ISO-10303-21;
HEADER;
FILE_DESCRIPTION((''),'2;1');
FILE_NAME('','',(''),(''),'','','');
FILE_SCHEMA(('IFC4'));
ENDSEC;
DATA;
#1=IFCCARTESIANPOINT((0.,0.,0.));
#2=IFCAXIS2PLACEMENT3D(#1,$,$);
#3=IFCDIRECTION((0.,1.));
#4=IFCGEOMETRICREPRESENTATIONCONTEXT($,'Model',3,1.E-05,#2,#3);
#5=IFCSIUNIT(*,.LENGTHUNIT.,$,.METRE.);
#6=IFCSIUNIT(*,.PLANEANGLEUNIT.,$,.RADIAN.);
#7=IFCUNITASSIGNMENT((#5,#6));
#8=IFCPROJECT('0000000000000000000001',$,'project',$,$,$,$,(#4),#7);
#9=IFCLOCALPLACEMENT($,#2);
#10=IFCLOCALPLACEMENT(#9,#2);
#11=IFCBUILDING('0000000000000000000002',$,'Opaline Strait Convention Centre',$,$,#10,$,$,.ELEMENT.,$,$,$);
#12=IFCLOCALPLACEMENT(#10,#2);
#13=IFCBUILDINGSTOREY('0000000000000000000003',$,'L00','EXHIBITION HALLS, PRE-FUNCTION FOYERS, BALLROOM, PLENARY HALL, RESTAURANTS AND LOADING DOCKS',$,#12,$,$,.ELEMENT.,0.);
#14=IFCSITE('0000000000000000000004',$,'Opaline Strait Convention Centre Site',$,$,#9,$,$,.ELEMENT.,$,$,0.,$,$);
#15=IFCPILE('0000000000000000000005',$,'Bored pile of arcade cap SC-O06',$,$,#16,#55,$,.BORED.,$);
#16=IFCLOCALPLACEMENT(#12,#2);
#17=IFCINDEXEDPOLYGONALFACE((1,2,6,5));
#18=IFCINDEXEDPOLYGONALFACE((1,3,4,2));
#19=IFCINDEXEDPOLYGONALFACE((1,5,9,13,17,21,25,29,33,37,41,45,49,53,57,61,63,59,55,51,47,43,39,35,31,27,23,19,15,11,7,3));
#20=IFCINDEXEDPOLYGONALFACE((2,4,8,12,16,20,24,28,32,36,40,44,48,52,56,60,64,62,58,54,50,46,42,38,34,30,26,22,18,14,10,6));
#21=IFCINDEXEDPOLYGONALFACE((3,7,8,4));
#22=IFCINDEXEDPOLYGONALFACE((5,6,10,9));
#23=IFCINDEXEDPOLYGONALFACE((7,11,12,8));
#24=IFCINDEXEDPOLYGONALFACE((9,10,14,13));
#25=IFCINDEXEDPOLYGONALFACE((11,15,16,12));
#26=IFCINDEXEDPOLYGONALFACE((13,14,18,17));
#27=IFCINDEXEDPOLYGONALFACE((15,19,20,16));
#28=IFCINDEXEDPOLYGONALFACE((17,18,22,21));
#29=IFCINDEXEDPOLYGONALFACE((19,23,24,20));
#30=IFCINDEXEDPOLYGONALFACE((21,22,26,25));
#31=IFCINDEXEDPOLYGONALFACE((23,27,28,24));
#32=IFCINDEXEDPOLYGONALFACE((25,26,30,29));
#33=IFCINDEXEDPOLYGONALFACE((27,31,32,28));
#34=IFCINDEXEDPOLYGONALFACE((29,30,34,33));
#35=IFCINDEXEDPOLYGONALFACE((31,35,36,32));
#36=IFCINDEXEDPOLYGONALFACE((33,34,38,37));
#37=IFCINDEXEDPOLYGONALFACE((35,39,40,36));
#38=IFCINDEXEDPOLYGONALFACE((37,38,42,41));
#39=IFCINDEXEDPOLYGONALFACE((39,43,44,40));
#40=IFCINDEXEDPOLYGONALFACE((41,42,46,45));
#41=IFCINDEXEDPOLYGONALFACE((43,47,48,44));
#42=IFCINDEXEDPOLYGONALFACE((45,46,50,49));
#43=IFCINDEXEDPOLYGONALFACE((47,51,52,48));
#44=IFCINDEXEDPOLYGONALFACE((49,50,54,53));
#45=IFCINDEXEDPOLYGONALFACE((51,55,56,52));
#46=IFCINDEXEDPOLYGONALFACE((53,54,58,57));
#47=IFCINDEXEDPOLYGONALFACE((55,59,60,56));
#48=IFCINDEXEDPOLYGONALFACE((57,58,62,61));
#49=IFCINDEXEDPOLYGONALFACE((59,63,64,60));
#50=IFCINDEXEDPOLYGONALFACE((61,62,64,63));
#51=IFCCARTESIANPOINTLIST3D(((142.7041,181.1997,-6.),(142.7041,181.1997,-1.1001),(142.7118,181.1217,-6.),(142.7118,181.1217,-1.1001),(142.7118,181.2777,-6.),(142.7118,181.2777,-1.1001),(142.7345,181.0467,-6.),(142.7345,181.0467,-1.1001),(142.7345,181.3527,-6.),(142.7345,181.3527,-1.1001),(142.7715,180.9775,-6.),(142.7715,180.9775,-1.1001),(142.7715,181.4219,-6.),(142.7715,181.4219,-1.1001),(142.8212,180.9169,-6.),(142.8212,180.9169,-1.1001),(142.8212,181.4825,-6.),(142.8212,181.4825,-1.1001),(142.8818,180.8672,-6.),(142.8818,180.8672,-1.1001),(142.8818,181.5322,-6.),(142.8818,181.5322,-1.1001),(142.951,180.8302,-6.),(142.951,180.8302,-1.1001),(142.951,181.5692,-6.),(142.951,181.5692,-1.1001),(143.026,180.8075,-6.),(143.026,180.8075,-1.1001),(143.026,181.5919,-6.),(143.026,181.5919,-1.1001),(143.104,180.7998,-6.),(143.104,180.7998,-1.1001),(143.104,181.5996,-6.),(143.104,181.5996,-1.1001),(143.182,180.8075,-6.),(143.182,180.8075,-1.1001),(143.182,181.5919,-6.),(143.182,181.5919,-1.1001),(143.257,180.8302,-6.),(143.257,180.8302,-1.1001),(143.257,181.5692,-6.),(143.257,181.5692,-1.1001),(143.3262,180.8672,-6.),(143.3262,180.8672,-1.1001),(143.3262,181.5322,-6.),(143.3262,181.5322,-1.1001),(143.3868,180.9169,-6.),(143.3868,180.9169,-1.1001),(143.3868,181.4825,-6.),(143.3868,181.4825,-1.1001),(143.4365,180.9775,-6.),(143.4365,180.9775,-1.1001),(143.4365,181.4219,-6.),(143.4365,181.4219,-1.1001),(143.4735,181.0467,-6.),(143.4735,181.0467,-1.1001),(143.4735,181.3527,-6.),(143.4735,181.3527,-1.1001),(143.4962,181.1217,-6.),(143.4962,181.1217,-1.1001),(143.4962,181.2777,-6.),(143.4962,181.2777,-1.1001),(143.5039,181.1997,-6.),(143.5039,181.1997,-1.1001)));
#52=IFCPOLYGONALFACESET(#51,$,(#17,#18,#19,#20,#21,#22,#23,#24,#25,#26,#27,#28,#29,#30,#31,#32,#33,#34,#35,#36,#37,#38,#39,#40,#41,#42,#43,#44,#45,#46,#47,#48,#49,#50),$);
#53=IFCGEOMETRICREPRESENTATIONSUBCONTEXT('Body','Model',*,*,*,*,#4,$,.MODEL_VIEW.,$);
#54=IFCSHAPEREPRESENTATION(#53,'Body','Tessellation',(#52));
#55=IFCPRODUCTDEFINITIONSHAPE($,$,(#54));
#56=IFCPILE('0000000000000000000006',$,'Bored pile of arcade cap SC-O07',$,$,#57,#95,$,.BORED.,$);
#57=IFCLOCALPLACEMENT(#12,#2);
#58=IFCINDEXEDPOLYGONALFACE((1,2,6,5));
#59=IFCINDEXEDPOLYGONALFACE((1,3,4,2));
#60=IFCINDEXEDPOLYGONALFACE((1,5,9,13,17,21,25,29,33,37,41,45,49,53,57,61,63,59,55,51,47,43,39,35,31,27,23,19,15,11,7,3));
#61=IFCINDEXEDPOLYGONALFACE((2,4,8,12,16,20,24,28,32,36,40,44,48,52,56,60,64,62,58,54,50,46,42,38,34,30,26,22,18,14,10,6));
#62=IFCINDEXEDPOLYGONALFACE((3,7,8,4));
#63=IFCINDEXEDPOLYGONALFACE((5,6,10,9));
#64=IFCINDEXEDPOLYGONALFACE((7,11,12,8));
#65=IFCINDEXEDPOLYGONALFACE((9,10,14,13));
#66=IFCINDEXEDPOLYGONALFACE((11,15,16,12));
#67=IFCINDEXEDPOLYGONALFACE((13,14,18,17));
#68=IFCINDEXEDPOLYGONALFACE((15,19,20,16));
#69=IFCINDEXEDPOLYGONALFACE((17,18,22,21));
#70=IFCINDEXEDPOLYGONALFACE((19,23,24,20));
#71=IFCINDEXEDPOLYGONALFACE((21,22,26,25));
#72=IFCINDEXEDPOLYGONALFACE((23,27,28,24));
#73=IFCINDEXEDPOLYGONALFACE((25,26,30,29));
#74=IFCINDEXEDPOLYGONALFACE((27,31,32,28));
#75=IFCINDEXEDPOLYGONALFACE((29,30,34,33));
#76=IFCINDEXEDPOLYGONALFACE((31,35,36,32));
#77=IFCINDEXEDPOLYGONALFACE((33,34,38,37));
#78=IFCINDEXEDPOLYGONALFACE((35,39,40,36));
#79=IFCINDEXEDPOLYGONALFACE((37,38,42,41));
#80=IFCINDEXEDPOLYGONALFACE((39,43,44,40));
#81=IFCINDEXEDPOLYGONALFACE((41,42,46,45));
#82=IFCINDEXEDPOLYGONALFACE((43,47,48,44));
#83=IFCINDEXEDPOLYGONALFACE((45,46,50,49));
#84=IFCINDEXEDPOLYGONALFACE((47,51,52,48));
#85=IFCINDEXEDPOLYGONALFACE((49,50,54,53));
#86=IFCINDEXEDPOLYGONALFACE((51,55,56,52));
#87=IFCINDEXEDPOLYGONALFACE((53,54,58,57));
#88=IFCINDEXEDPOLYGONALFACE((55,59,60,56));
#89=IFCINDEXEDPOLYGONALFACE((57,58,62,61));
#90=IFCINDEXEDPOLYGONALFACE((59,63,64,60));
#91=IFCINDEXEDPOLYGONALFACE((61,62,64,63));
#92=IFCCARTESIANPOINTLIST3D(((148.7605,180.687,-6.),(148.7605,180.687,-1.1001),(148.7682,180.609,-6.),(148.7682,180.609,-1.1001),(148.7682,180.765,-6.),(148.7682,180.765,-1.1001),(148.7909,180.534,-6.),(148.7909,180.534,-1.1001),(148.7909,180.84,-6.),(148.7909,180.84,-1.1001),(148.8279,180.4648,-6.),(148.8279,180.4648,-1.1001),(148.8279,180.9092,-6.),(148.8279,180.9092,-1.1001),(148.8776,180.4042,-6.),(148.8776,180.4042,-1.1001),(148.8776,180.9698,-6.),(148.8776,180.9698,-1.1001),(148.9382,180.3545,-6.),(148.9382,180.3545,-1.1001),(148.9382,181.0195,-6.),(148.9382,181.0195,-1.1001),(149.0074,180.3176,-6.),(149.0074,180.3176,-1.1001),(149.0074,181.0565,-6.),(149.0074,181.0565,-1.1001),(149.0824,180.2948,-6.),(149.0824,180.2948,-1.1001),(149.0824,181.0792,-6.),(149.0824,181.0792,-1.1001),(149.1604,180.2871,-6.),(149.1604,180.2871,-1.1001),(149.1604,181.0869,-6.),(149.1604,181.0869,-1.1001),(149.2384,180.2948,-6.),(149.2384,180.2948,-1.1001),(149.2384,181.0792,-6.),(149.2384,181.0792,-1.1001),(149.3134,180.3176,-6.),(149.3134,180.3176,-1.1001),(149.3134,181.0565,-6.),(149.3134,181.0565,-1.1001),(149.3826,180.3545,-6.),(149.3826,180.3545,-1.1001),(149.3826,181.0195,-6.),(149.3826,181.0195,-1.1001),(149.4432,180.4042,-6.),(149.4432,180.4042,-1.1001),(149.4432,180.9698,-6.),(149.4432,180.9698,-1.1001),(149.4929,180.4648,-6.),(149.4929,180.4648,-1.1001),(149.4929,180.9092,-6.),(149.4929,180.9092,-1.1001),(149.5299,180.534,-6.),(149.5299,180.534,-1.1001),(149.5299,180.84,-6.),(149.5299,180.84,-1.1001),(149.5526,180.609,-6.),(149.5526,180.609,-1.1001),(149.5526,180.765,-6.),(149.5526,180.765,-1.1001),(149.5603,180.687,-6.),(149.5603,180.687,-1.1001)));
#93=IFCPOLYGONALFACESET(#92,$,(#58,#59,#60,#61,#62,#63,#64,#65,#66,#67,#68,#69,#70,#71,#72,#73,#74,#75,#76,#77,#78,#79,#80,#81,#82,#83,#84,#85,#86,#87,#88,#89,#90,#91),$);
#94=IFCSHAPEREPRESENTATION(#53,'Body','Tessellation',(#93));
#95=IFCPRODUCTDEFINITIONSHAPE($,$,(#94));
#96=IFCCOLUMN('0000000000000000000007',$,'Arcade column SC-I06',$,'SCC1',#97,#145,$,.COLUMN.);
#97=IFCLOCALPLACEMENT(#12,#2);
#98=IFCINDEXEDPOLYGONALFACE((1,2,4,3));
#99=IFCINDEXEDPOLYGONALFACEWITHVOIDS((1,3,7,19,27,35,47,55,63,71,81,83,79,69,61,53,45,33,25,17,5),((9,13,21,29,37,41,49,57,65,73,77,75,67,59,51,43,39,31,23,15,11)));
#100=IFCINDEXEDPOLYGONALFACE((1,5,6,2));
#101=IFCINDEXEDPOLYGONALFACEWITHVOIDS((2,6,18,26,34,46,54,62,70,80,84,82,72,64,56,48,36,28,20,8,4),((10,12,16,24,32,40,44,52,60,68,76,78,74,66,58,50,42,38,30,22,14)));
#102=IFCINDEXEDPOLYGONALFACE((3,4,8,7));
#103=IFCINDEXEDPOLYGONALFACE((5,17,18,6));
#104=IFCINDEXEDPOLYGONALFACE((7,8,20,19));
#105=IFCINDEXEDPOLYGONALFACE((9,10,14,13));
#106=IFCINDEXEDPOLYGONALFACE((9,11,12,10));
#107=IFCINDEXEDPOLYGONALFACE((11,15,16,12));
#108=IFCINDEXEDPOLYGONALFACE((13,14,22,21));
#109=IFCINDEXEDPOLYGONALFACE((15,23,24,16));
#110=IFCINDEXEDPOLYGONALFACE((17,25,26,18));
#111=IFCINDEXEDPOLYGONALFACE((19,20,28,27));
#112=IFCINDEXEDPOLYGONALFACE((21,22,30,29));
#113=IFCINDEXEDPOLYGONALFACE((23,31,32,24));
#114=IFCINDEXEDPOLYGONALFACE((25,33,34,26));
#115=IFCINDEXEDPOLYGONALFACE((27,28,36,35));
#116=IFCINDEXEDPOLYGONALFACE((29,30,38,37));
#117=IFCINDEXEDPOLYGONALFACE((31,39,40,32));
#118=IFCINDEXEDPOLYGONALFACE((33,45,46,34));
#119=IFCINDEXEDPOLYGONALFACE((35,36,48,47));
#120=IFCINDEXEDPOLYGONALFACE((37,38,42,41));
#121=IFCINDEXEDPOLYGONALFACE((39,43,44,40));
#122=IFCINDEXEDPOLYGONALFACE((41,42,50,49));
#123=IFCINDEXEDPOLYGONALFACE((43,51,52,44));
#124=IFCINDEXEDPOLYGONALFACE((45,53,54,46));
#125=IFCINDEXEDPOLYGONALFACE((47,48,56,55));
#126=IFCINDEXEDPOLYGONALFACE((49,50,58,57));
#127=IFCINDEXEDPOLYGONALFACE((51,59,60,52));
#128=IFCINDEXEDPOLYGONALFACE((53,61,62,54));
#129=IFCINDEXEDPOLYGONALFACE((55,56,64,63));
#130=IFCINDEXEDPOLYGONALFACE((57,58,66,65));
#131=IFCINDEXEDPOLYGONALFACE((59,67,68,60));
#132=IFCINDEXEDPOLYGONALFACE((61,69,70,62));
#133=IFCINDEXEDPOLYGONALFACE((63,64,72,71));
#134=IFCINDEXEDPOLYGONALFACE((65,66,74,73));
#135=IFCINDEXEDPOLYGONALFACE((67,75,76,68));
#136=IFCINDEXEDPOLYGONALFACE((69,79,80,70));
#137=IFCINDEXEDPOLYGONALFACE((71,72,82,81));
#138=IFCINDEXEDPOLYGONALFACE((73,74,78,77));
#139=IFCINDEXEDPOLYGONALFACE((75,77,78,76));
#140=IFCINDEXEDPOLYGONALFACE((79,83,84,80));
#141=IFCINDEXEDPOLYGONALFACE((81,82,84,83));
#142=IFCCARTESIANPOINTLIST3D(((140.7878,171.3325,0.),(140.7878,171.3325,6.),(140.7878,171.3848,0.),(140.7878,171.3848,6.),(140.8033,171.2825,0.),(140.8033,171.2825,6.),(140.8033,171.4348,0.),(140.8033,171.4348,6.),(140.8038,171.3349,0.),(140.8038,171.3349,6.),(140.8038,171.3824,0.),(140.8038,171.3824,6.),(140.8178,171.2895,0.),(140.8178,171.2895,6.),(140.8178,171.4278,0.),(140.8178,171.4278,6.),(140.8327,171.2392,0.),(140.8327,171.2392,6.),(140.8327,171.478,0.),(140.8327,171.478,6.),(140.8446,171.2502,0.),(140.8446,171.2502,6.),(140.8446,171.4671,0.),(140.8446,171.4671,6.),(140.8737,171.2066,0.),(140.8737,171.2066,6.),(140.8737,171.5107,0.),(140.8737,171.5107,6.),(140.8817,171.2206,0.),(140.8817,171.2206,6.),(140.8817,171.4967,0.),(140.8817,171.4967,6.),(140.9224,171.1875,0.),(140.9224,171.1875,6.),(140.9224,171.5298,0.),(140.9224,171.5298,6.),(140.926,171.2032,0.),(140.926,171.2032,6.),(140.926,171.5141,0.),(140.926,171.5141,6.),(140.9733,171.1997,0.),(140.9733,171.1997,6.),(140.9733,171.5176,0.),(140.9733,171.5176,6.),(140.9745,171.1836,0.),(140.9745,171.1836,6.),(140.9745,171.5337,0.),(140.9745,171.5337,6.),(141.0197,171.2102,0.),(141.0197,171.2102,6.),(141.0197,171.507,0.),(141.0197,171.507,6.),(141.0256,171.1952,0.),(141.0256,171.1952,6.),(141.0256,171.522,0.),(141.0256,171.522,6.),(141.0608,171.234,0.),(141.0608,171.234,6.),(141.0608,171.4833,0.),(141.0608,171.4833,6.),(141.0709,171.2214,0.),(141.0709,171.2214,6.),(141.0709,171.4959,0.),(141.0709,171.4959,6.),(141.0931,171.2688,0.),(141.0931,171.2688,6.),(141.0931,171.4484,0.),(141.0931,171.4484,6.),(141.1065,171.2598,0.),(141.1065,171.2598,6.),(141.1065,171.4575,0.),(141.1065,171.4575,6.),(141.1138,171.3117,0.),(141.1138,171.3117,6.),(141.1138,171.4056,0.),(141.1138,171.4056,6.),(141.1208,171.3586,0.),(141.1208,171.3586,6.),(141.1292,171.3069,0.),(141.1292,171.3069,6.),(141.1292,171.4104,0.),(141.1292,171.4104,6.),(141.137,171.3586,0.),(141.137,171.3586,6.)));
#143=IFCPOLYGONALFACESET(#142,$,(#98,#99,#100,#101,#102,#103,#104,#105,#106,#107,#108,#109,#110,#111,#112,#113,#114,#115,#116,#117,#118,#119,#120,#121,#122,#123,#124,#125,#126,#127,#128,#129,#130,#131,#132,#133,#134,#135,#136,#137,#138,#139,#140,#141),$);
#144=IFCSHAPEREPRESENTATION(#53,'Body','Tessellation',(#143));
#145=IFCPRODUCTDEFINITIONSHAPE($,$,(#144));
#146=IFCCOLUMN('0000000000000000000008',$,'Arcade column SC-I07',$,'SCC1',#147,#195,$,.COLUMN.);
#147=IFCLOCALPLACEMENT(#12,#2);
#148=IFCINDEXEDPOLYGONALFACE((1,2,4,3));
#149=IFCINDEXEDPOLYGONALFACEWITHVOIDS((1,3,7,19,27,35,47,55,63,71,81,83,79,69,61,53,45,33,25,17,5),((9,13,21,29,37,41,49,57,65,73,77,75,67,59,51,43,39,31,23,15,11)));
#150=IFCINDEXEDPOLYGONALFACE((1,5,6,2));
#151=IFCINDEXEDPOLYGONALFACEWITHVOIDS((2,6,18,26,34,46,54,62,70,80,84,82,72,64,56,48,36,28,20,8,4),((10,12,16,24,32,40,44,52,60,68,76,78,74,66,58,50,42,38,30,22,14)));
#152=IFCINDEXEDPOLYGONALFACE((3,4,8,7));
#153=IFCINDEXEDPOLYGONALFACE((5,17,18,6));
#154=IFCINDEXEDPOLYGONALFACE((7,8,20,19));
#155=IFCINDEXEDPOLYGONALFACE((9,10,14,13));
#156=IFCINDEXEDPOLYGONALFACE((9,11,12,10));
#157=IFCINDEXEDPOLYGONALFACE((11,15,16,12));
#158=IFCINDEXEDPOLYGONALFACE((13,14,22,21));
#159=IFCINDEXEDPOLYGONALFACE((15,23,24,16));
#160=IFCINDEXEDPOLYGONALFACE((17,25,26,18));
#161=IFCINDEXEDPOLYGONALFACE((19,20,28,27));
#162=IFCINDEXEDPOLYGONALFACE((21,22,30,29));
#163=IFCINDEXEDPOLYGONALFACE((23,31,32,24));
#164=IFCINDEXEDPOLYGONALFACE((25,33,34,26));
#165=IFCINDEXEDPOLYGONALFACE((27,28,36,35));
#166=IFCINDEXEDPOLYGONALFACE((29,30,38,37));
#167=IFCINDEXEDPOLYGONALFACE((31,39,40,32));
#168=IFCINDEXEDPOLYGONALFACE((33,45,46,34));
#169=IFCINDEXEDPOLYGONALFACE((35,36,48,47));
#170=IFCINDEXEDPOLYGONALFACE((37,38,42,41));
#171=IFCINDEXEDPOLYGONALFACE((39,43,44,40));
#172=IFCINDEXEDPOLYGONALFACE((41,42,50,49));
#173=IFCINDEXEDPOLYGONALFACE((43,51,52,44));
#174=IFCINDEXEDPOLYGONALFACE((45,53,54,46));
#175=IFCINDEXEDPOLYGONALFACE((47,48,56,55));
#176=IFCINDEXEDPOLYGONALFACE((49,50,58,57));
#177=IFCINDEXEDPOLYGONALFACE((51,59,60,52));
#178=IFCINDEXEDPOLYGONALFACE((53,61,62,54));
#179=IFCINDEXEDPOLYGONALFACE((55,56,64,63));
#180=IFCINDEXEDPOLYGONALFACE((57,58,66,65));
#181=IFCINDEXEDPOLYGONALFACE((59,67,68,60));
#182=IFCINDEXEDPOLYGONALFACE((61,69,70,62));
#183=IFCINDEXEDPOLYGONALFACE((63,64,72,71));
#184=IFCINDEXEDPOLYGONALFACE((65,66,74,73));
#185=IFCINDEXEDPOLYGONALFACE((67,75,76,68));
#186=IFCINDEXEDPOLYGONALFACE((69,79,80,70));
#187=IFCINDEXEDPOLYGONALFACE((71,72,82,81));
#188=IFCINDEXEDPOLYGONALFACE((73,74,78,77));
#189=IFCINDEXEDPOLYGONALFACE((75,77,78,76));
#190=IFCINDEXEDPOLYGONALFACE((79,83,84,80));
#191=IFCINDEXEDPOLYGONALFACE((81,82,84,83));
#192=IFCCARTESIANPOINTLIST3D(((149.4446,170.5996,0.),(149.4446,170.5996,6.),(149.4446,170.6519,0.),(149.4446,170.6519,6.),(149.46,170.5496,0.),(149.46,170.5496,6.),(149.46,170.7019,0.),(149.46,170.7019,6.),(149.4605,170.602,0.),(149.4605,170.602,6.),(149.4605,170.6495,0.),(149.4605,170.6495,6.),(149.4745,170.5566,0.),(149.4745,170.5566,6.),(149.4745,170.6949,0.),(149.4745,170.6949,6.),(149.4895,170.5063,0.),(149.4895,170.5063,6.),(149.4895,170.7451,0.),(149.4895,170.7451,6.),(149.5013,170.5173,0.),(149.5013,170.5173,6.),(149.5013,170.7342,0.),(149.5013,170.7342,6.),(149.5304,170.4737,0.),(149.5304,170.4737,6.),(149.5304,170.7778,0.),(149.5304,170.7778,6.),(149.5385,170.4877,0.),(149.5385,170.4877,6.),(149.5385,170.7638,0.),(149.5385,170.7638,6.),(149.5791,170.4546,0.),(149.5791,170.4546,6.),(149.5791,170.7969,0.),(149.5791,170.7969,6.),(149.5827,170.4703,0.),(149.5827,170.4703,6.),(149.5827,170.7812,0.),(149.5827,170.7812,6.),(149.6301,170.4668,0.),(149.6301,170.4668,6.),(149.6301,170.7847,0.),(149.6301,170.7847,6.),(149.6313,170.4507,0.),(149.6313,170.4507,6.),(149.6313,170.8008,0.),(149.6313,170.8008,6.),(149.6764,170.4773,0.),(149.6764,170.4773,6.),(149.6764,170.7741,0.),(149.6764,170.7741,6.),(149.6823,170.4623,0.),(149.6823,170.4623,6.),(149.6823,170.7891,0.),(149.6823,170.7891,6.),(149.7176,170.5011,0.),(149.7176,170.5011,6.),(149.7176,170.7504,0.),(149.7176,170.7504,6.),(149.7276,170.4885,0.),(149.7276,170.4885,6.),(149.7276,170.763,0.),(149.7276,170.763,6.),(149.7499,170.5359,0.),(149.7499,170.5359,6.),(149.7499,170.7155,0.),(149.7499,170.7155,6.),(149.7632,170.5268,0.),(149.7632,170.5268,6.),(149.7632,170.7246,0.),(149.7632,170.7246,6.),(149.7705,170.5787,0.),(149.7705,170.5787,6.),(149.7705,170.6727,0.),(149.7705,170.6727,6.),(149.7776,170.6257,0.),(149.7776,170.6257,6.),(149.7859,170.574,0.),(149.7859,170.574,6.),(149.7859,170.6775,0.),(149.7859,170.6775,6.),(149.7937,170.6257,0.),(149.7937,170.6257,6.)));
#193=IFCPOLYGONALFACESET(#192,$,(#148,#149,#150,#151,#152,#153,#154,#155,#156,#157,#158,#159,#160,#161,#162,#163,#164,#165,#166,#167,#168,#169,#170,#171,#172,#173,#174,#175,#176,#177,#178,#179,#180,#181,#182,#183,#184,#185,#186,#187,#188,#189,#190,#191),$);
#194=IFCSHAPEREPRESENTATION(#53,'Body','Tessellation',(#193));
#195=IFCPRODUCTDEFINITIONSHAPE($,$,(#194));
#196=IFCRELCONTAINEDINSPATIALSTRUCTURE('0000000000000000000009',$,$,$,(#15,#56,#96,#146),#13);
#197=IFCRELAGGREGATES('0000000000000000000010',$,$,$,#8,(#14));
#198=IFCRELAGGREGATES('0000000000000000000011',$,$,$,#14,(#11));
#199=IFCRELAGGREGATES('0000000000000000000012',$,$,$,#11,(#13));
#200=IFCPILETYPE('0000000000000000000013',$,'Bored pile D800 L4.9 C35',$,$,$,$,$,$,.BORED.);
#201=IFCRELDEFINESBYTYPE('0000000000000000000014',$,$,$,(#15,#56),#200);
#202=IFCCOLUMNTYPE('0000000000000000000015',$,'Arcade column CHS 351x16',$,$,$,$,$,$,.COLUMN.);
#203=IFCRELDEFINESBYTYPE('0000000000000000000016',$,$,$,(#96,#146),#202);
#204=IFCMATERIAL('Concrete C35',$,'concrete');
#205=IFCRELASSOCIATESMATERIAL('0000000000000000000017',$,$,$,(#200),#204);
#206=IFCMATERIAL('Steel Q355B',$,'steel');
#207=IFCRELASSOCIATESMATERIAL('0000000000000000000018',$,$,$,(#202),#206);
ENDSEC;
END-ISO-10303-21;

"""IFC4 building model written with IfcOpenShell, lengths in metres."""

from ifc_helpers import new_model, si_unit, direction, frame, origin, origin_2d, place, context, subcontext, project, spatial, circle, hollow_circle, extrude, material, material_profile, profile_set, type_object, element, save


model = new_model("IFC4")

# Units and contexts
model_context = context("Model", 3, precision=1e-05, world=origin(), true_north=direction((0.0, 1.0)))
body_context = subcontext(model_context, "Body", "Model", "MODEL_VIEW")
ifc_project = project(units=[si_unit("LENGTHUNIT", "METRE"), si_unit("PLANEANGLEUNIT", "RADIAN")], contexts=[model_context])

# Site, building, storey
site_placement = place(None, origin())
site = spatial("IfcSite", under=ifc_project, at=site_placement, Name="Opaline Strait Convention Centre Site", CompositionType="ELEMENT", RefElevation=0.0)
building_placement = place(site_placement, origin())
building = spatial("IfcBuilding", under=site, at=building_placement, Name="Opaline Strait Convention Centre", CompositionType="ELEMENT")
storey_placement = place(building_placement, origin())
storey = spatial("IfcBuildingStorey", under=building, at=storey_placement, Name="L00", Description="EXHIBITION HALLS, PRE-FUNCTION FOYERS, BALLROOM, PLENARY HALL, RESTAURANTS AND LOADING DOCKS", CompositionType="ELEMENT", Elevation=0.0)

# Piles
ifc_material_1 = material(Name="Concrete C35", Category="concrete")
ifc_material_profile_1 = material_profile(ifc_material_1, circle(Radius=0.3999, at=origin_2d()), Name="D800")
ifc_profile_set_1 = profile_set([ifc_material_profile_1], Name="Concrete C35")
pile_type_1 = type_object("IfcPileType", Name="Bored pile D800 L4.9 C35", PredefinedType="BORED", material=ifc_profile_set_1)
for number, where, z_axis, x_axis, name in (
    (1, (143.104, 181.1997, -1.1001), (0.0, 0.0, -1.0), (1.0, 0.0, 0.0), "Bored pile of arcade cap SC-O06"),
    (2, (149.1604, 180.687, -1.1001), (0.0, 0.0, -1.0), (1.0, 0.0, 0.0), "Bored pile of arcade cap SC-O07"),
):
    element("IfcPile", number, at=place(storey_placement, frame(where, z_axis=z_axis, x_axis=x_axis)), inside=storey, type_object=pile_type_1, Name=name, PredefinedType="BORED", context=body_context, shape_type="SweptSolid", body=[
        extrude(circle(Radius=0.3999, at=origin_2d()), origin(), (0.0, 0.0, 1.0), 4.8999),
    ])

# Columns
ifc_material_2 = material(Name="Steel Q355B", Category="steel")
ifc_material_profile_2 = material_profile(ifc_material_2, hollow_circle(Radius=0.1755, WallThickness=0.0161, at=origin_2d()), Name="CHS 351x16")
ifc_profile_set_2 = profile_set([ifc_material_profile_2], Name="Steel Q355B")
column_type = type_object("IfcColumnType", Name="Arcade column CHS 351x16", PredefinedType="COLUMN", material=ifc_profile_set_2)
for number, where, z_axis, x_axis, name in (
    (3, (140.9614, 171.3586, 0.0), (0.0, 0.0, 1.0), (1.0, 0.0, 0.0), "Arcade column SC-I06"),
    (4, (149.6182, 170.6257, 0.0), (0.0, 0.0, 1.0), (1.0, 0.0, 0.0), "Arcade column SC-I07"),
):
    element("IfcColumn", number, at=place(storey_placement, frame(where, z_axis=z_axis, x_axis=x_axis)), inside=storey, type_object=column_type, Name=name, ObjectType="SCC1", PredefinedType="COLUMN", context=body_context, shape_type="SweptSolid", body=[
        extrude(hollow_circle(Radius=0.1755, WallThickness=0.0161, at=origin_2d()), origin(), (0.0, 0.0, 1.0), 6.0),
    ])

save(model, "model.ifc")
